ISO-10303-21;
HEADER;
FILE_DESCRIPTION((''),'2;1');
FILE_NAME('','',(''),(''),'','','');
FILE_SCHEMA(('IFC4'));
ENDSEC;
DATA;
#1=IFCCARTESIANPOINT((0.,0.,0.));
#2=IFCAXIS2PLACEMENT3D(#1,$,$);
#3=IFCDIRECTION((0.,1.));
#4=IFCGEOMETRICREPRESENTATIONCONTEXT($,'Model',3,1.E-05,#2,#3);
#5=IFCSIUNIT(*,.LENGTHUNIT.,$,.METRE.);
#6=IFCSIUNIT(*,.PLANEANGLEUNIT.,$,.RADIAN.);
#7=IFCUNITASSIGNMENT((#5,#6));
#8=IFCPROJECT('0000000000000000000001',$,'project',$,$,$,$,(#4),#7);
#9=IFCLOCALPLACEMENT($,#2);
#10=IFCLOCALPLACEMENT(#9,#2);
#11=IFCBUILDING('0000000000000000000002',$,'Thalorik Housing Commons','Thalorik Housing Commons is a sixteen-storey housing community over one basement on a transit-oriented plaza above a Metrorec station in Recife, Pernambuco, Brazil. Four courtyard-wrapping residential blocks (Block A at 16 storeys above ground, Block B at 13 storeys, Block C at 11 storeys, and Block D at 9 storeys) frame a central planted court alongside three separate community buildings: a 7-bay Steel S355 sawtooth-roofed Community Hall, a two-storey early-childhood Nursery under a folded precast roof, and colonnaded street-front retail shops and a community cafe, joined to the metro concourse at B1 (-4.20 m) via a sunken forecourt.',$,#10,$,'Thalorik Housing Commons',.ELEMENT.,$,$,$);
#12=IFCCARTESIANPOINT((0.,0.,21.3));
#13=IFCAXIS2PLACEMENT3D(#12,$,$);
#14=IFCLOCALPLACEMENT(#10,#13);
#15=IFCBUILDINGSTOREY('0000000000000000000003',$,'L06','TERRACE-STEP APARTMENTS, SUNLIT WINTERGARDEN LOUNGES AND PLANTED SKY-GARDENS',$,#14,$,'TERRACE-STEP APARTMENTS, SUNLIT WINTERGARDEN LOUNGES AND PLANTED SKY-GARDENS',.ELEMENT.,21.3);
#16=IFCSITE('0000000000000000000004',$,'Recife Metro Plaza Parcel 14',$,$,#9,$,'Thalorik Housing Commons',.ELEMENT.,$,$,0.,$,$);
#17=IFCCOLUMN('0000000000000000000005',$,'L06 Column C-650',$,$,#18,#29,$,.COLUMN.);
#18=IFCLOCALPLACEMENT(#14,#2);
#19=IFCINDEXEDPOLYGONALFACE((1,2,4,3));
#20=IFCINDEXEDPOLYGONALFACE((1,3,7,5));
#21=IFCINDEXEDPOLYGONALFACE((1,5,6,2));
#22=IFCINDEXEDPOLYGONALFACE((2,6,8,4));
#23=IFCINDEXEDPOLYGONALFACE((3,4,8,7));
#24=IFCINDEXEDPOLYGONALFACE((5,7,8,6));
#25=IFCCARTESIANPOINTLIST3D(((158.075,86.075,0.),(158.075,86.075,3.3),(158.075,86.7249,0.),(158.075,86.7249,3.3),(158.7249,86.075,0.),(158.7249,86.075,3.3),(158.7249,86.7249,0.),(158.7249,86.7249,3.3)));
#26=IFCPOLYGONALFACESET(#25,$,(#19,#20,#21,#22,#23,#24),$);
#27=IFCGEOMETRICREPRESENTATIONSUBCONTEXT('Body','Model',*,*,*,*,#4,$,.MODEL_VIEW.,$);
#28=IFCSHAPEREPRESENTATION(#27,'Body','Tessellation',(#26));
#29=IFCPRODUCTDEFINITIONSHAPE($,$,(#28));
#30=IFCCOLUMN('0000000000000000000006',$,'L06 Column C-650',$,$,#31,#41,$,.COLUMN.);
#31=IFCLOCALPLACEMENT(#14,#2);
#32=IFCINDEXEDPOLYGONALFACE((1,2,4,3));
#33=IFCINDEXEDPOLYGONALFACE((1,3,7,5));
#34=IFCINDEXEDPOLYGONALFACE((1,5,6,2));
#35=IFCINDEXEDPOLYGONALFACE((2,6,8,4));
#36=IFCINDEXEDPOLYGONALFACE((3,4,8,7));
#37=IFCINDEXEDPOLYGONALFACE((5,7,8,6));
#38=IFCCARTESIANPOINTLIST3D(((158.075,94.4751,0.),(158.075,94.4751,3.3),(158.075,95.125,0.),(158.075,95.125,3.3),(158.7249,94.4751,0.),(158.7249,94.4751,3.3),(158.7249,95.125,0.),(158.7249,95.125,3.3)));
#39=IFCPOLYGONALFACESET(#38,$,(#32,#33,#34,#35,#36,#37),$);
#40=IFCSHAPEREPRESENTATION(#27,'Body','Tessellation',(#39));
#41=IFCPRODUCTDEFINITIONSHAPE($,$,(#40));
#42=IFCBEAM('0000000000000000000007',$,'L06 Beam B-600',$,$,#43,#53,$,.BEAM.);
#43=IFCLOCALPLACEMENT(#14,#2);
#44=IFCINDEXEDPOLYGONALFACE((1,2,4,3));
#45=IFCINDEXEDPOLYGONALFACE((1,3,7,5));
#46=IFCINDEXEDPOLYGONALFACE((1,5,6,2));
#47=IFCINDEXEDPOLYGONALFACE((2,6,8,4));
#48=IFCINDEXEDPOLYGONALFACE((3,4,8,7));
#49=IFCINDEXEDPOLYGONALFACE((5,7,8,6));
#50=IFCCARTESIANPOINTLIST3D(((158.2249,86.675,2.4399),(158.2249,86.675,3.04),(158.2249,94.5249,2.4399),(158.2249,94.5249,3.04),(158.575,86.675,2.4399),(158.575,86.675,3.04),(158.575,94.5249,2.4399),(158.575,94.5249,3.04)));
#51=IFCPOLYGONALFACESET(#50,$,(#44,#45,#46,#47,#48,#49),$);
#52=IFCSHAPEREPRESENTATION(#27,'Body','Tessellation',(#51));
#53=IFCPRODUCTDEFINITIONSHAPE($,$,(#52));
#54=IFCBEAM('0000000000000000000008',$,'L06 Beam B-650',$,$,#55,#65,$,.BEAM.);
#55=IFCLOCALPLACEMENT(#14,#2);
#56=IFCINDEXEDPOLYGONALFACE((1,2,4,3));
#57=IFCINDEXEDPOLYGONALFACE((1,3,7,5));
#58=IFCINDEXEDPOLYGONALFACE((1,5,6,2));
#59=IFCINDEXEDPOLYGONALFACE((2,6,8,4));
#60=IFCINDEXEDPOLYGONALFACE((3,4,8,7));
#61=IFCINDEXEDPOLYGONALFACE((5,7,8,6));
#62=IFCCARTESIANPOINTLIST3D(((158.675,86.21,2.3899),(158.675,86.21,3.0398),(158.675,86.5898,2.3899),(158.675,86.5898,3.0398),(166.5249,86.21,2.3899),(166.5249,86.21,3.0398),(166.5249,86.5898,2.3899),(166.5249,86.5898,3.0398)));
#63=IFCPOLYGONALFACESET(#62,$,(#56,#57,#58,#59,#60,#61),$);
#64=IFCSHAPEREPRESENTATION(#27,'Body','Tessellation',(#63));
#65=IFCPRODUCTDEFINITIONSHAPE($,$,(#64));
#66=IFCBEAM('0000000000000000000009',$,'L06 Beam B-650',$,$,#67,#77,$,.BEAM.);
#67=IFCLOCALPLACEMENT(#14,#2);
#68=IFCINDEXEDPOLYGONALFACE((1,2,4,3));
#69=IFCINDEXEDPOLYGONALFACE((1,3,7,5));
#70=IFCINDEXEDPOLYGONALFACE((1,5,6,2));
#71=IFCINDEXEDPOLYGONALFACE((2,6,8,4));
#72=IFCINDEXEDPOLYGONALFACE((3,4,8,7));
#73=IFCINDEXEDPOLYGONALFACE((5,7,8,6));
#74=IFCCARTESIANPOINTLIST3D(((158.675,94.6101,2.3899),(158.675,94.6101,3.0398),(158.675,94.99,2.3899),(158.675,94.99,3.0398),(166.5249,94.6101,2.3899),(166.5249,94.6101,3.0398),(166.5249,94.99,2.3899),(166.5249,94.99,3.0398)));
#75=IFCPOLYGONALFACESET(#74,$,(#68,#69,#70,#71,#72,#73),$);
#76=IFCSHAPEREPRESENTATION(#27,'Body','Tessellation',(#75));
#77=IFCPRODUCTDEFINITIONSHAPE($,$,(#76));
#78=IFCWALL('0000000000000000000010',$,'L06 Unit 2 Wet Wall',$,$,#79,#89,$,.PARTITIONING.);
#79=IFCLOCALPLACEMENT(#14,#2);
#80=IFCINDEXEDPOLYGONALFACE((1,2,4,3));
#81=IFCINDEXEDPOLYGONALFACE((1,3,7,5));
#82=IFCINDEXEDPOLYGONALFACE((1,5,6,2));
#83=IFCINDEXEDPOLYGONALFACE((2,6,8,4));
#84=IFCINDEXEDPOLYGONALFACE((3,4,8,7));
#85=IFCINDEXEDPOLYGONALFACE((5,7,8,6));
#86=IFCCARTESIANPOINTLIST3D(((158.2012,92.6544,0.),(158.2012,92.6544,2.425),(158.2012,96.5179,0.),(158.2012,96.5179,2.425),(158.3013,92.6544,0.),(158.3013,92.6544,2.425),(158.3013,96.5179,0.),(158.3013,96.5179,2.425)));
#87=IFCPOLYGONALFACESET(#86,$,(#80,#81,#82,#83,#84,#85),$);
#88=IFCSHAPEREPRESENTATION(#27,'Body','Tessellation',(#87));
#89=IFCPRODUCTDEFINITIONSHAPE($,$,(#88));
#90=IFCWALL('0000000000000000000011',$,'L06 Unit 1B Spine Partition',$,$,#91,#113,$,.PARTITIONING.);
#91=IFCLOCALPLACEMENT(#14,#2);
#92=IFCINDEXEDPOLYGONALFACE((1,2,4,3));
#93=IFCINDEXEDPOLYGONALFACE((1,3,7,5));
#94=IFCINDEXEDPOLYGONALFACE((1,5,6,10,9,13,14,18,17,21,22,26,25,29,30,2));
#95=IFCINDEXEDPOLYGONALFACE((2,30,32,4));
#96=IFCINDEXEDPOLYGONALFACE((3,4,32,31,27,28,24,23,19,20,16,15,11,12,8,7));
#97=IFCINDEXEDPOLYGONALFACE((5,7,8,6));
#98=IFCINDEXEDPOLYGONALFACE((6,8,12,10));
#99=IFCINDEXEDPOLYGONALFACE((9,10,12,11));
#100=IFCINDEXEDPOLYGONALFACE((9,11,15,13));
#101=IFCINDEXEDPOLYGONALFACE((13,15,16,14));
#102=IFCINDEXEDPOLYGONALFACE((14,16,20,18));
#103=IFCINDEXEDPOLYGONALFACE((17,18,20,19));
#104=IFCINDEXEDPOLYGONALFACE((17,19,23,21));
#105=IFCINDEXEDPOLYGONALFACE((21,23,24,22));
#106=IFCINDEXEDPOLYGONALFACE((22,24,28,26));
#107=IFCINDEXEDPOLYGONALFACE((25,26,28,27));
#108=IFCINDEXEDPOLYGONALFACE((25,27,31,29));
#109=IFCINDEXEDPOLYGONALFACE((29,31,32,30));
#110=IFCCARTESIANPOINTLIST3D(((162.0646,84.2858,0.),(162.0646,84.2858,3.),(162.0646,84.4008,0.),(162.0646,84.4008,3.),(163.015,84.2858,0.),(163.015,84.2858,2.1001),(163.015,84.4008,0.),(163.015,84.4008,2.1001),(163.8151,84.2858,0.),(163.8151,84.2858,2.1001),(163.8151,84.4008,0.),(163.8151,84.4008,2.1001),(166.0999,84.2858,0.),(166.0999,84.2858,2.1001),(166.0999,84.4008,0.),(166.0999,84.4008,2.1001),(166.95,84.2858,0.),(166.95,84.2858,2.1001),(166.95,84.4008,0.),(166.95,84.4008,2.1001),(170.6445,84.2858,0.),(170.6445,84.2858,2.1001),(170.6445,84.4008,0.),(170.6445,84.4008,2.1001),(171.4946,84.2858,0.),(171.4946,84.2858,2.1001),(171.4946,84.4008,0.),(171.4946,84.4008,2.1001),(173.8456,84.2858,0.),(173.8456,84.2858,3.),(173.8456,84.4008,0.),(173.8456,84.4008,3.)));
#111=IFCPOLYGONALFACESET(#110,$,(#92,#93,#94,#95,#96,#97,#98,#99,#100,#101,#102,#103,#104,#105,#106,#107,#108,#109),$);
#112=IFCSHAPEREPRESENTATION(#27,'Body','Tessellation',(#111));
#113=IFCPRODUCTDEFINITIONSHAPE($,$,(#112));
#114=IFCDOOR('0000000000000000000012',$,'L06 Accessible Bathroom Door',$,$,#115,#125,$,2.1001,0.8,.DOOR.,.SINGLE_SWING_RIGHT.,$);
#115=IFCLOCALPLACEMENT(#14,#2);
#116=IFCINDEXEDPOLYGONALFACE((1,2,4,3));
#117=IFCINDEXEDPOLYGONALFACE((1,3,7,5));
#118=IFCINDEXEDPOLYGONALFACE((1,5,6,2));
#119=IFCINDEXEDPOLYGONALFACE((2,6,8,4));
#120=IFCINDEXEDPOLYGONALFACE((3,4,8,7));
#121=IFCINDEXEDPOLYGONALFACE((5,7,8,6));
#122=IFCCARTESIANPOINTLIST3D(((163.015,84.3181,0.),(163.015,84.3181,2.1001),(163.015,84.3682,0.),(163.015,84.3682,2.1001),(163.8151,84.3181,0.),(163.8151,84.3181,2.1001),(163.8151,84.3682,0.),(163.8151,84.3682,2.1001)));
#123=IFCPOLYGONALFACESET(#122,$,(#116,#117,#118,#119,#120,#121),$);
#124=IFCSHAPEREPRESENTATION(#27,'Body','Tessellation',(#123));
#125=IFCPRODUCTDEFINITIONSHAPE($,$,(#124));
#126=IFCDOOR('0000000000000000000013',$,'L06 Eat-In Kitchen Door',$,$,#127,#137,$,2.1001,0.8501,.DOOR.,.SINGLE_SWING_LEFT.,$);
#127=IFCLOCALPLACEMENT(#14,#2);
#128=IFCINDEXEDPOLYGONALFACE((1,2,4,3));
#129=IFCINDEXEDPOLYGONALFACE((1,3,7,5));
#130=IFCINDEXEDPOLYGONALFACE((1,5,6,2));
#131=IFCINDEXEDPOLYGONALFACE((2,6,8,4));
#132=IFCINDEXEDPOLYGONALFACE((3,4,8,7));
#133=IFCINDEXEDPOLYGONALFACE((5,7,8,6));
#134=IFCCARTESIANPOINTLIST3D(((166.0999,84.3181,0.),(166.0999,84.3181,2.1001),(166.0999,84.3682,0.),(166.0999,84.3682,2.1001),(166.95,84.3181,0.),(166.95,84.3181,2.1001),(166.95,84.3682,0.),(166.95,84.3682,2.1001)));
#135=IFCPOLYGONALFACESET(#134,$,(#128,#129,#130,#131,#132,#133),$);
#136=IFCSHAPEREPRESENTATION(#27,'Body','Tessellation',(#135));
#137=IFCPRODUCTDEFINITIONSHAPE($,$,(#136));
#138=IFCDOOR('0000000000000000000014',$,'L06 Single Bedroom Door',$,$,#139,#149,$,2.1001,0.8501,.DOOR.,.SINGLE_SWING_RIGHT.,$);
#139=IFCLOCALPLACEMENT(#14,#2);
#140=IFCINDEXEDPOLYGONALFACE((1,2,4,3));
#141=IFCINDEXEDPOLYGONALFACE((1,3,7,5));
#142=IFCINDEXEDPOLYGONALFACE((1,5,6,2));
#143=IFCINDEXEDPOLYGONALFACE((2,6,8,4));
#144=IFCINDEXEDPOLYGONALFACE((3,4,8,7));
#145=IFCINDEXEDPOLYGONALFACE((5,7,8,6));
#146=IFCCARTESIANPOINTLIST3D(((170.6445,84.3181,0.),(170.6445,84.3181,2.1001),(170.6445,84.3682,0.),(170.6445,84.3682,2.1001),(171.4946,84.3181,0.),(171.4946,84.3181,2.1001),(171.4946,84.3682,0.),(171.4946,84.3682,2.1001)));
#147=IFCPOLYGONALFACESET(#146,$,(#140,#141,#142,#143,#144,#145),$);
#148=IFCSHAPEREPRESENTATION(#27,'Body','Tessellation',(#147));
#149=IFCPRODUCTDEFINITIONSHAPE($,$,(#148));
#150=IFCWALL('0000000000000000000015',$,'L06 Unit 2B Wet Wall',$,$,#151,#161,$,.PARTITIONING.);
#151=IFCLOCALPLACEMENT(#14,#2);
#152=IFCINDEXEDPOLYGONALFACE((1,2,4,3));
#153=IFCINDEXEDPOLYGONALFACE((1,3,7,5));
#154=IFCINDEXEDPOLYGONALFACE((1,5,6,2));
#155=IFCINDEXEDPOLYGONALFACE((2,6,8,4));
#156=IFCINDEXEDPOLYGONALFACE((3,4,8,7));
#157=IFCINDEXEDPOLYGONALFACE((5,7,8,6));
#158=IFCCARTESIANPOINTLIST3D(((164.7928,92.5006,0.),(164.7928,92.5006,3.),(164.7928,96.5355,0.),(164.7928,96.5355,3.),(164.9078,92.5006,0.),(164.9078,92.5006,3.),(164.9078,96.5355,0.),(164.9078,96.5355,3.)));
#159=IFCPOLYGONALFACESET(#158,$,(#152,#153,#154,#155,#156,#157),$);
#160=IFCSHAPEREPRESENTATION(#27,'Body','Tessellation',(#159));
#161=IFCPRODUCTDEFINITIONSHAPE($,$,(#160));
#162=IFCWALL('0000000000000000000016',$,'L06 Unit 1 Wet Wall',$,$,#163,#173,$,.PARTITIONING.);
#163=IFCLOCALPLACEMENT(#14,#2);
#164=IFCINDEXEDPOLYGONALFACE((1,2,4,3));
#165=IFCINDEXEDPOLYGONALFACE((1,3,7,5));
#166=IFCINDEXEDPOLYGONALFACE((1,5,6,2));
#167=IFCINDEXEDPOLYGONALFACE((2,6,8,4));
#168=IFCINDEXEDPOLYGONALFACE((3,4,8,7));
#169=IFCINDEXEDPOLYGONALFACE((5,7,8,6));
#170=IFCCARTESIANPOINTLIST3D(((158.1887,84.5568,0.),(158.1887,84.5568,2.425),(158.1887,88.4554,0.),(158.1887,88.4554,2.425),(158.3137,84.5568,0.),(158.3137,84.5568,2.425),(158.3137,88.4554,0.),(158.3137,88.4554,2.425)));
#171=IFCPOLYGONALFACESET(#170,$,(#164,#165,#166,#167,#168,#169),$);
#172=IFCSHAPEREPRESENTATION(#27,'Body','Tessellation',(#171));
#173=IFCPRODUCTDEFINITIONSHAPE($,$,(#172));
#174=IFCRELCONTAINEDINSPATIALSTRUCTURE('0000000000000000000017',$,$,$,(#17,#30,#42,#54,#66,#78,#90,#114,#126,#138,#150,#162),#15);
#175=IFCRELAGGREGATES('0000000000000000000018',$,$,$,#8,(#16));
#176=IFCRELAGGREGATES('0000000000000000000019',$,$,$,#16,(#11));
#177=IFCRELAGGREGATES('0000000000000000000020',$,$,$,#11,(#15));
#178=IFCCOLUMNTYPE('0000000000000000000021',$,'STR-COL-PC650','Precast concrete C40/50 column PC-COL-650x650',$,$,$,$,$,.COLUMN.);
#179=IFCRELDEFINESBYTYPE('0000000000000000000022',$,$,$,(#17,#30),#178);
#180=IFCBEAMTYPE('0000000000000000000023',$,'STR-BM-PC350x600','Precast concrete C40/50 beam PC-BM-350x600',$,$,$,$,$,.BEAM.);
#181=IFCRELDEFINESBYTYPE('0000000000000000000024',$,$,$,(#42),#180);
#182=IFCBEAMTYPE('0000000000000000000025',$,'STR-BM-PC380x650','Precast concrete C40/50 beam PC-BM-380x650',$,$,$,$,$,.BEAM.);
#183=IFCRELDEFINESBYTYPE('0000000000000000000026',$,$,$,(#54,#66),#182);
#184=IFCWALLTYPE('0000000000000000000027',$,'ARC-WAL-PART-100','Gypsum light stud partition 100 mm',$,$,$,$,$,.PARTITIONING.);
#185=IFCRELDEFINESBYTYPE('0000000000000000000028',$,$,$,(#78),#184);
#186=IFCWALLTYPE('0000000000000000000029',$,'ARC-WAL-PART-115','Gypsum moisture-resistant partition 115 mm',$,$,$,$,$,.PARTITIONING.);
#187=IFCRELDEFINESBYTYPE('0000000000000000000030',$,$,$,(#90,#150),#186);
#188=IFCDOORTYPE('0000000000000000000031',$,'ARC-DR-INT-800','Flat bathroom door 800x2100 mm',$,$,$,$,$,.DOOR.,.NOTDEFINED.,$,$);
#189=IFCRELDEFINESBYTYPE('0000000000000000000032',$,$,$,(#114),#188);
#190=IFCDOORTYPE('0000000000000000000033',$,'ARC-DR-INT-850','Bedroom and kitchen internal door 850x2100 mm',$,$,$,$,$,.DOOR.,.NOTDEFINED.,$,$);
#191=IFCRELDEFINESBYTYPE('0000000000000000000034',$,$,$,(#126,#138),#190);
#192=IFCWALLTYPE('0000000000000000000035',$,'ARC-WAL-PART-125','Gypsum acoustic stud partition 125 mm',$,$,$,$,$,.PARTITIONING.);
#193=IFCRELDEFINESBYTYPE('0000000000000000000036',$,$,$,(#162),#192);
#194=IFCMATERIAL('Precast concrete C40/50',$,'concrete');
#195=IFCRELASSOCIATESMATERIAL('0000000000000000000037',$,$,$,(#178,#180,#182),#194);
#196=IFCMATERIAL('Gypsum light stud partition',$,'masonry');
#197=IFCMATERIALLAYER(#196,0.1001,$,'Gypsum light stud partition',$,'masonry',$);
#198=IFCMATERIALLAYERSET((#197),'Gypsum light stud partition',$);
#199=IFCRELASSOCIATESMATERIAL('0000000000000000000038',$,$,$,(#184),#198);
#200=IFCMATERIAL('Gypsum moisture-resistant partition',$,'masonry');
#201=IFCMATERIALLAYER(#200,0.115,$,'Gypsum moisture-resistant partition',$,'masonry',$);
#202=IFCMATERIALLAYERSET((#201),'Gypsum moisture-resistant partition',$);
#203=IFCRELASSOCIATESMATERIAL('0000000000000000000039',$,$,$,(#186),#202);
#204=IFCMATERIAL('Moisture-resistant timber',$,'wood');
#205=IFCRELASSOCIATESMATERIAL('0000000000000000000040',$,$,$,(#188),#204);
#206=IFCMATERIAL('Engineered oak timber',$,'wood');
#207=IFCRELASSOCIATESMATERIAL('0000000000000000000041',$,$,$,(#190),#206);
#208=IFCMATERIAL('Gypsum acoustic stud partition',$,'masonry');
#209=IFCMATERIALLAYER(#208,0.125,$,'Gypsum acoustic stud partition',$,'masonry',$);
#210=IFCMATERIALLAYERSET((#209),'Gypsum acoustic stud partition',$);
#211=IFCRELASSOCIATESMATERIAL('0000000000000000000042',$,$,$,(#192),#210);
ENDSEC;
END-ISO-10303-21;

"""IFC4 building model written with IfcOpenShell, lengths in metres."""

from ifc_helpers import new_model, si_unit, direction, frame, frame_2d, origin, origin_2d, place, context, subcontext, project, spatial, rectangle, extrude, material, layer, layer_set, material_profile, profile_set, type_object, element, fill, save


model = new_model("IFC4")

# Units and contexts
model_context = context("Model", 3, precision=1e-05, world=origin(), true_north=direction((0.0, 1.0)))
body_context = subcontext(model_context, "Body", "Model", "MODEL_VIEW")
ifc_project = project(units=[si_unit("LENGTHUNIT", "METRE"), si_unit("PLANEANGLEUNIT", "RADIAN")], contexts=[model_context])

# Site, building, storey
site_placement = place(None, origin())
site = spatial("IfcSite", under=ifc_project, at=site_placement, Name="Recife Metro Plaza Parcel 14", LongName="Thalorik Housing Commons", CompositionType="ELEMENT", RefElevation=0.0)
building_placement = place(site_placement, origin())
building = spatial("IfcBuilding", under=site, at=building_placement, Name="Thalorik Housing Commons", Description="Thalorik Housing Commons is a sixteen-storey housing community over one basement on a transit-oriented plaza above a Metrorec station in Recife, Pernambuco, Brazil. Four courtyard-wrapping residential blocks (Block A at 16 storeys above ground, Block B at 13 storeys, Block C at 11 storeys, and Block D at 9 storeys) frame a central planted court alongside three separate community buildings: a 7-bay Steel S355 sawtooth-roofed Community Hall, a two-storey early-childhood Nursery under a folded precast roof, and colonnaded street-front retail shops and a community cafe, joined to the metro concourse at B1 (-4.20 m) via a sunken forecourt.", LongName="Thalorik Housing Commons", CompositionType="ELEMENT")
storey_placement = place(building_placement, frame((0.0, 0.0, 21.3)))
storey = spatial("IfcBuildingStorey", under=building, at=storey_placement, Name="L06", Description="TERRACE-STEP APARTMENTS, SUNLIT WINTERGARDEN LOUNGES AND PLANTED SKY-GARDENS", LongName="TERRACE-STEP APARTMENTS, SUNLIT WINTERGARDEN LOUNGES AND PLANTED SKY-GARDENS", CompositionType="ELEMENT", Elevation=21.3)

# Columns
ifc_material_1 = material(Name="Precast concrete C40/50", Category="concrete")
ifc_material_profile_1 = material_profile(ifc_material_1, rectangle(XDim=0.6499, YDim=0.6499, at=origin_2d()), Name="PC 650x650", Category="concrete")
ifc_profile_set_1 = profile_set([ifc_material_profile_1], Name="Precast concrete C40/50")
column_type = type_object("IfcColumnType", Name="STR-COL-PC650", Description="Precast concrete C40/50 column PC-COL-650x650", PredefinedType="COLUMN", material=ifc_profile_set_1)
for number, where, z_axis, x_axis, name in (
    (1, (158.3999, 86.3999, 0.0), (0.0, 0.0, 1.0), (1.0, 0.0, 0.0), "L06 Column C-650"),
    (2, (158.3999, 94.8, 0.0), (0.0, 0.0, 1.0), (1.0, 0.0, 0.0), "L06 Column C-650"),
):
    element("IfcColumn", number, at=place(storey_placement, frame(where, z_axis=z_axis, x_axis=x_axis)), inside=storey, type_object=column_type, Name=name, PredefinedType="COLUMN", context=body_context, shape_type="SweptSolid", body=[
        extrude(rectangle(XDim=0.6499, YDim=0.6499, at=origin_2d()), origin(), (0.0, 0.0, 1.0), 3.3),
    ])

# Beams
ifc_material_profile_2 = material_profile(ifc_material_1, rectangle(XDim=0.3501, YDim=0.6001, at=origin_2d()), Name="PC 350x600", Category="concrete")
ifc_profile_set_2 = profile_set([ifc_material_profile_2], Name="Precast concrete C40/50")
beam_type_1 = type_object("IfcBeamType", Name="STR-BM-PC350x600", Description="Precast concrete C40/50 beam PC-BM-350x600", PredefinedType="BEAM", material=ifc_profile_set_2)
beam_placement = place(storey_placement, frame((158.3999, 86.675, 2.74), z_axis=(0.0, 1.0, 0.0), x_axis=(-1.0, 0.0, 0.0)))
element("IfcBeam", 3, at=beam_placement, inside=storey, type_object=beam_type_1, Name="L06 Beam B-600", PredefinedType="BEAM", context=body_context, shape_type="SweptSolid", body=[
    extrude(rectangle(XDim=0.3501, YDim=0.6001, at=origin_2d()), origin(), (0.0, 0.0, 1.0), 7.8499),
])
ifc_material_profile_3 = material_profile(ifc_material_1, rectangle(XDim=0.3799, YDim=0.6499, at=origin_2d()), Name="PC 380x650", Category="concrete")
ifc_profile_set_3 = profile_set([ifc_material_profile_3], Name="Precast concrete C40/50")
beam_type_2 = type_object("IfcBeamType", Name="STR-BM-PC380x650", Description="Precast concrete C40/50 beam PC-BM-380x650", PredefinedType="BEAM", material=ifc_profile_set_3)
for number, where, z_axis, x_axis, name in (
    (4, (158.675, 86.3999, 2.7148), (1.0, 0.0, 0.0), (0.0, 1.0, 0.0), "L06 Beam B-650"),
    (5, (158.675, 94.8, 2.7148), (1.0, 0.0, 0.0), (0.0, 1.0, 0.0), "L06 Beam B-650"),
):
    element("IfcBeam", number, at=place(storey_placement, frame(where, z_axis=z_axis, x_axis=x_axis)), inside=storey, type_object=beam_type_2, Name=name, PredefinedType="BEAM", context=body_context, shape_type="SweptSolid", body=[
        extrude(rectangle(XDim=0.3799, YDim=0.6499, at=origin_2d()), origin(), (0.0, 0.0, 1.0), 7.8499),
    ])

# Wall
ifc_material_2 = material(Name="Gypsum light stud partition", Category="masonry")
ifc_layer_1 = layer(ifc_material_2, 0.1001, Name="Gypsum light stud partition", Category="masonry")
ifc_layer_set_1 = layer_set([ifc_layer_1], Name="Gypsum light stud partition")
wall_type_1 = type_object("IfcWallType", Name="ARC-WAL-PART-100", Description="Gypsum light stud partition 100 mm", PredefinedType="PARTITIONING", material=ifc_layer_set_1)
wall_1_placement = place(storey_placement, frame((158.2512, 92.6545, 0.0), z_axis=(0.0, 0.0, 1.0), x_axis=(0.0, 1.0, 0.0)))
element("IfcWall", 6, at=wall_1_placement, inside=storey, type_object=wall_type_1, Name="L06 Unit 2 Wet Wall", PredefinedType="PARTITIONING", context=body_context, shape_type="SweptSolid", body=[
    extrude(rectangle(XDim=3.8635, YDim=0.1001, at=frame_2d((1.9316, 0.0))), origin(), (0.0, 0.0, 1.0), 2.425),
])

# Wall, openings, doors
ifc_material_3 = material(Name="Gypsum moisture-resistant partition", Category="masonry")
ifc_layer_2 = layer(ifc_material_3, 0.115, Name="Gypsum moisture-resistant partition", Category="masonry")
ifc_layer_set_2 = layer_set([ifc_layer_2], Name="Gypsum moisture-resistant partition")
wall_type_2 = type_object("IfcWallType", Name="ARC-WAL-PART-115", Description="Gypsum moisture-resistant partition 115 mm", PredefinedType="PARTITIONING", material=ifc_layer_set_2)
wall_2_placement = place(storey_placement, frame((162.0645, 84.3433, 0.0), z_axis=(0.0, 0.0, 1.0), x_axis=(1.0, 0.0, 0.0)))
wall_2 = element("IfcWall", 7, at=wall_2_placement, inside=storey, type_object=wall_type_2, Name="L06 Unit 1B Spine Partition", PredefinedType="PARTITIONING", context=body_context, shape_type="SweptSolid", body=[
    extrude(rectangle(XDim=11.781, YDim=0.115, at=frame_2d((5.8906, 0.0))), origin(), (0.0, 0.0, 1.0), 3.0),
])
opening_1_placement = place(wall_2_placement, frame((0.9507, 0.0, 0.0)))
opening_1 = element("IfcOpeningElement", 8, at=opening_1_placement, cuts=wall_2, PredefinedType="OPENING", context=body_context, shape_type="SweptSolid", body=[
    extrude(rectangle(XDim=0.8, YDim=2.1001, at=frame_2d((0.3999, 1.05))), frame((0.0, 0.0674, 0.0), z_axis=(0.0, -1.0, 0.0), x_axis=(1.0, 0.0, 0.0)), (0.0, 0.0, 1.0), 0.135),
])
opening_2_placement = place(wall_2_placement, frame((4.0354, 0.0, 0.0)))
opening_2 = element("IfcOpeningElement", 9, at=opening_2_placement, cuts=wall_2, PredefinedType="OPENING", context=body_context, shape_type="SweptSolid", body=[
    extrude(rectangle(XDim=0.8501, YDim=2.1001, at=frame_2d((0.425, 1.05))), frame((0.0, 0.0674, 0.0), z_axis=(0.0, -1.0, 0.0), x_axis=(1.0, 0.0, 0.0)), (0.0, 0.0, 1.0), 0.135),
])
opening_3_placement = place(wall_2_placement, frame((8.5801, 0.0, 0.0)))
opening_3 = element("IfcOpeningElement", 10, at=opening_3_placement, cuts=wall_2, PredefinedType="OPENING", context=body_context, shape_type="SweptSolid", body=[
    extrude(rectangle(XDim=0.8501, YDim=2.1001, at=frame_2d((0.425, 1.05))), frame((0.0, 0.0674, 0.0), z_axis=(0.0, -1.0, 0.0), x_axis=(1.0, 0.0, 0.0)), (0.0, 0.0, 1.0), 0.135),
])
ifc_material_4 = material(Name="Moisture-resistant timber", Category="wood")
door_type_1 = type_object("IfcDoorType", Name="ARC-DR-INT-800", Description="Flat bathroom door 800x2100 mm", OperationType="NOTDEFINED", PredefinedType="DOOR", material=ifc_material_4)
door_1_placement = place(opening_1_placement, origin())
door_1 = element("IfcDoor", 11, at=door_1_placement, inside=storey, type_object=door_type_1, Name="L06 Accessible Bathroom Door", OperationType="SINGLE_SWING_RIGHT", OverallHeight=2.1001, OverallWidth=0.8, PredefinedType="DOOR", context=body_context, shape_type="SweptSolid", body=[
    extrude(rectangle(XDim=0.8, YDim=2.1001, at=frame_2d((0.3999, 1.05))), frame((0.0, 0.0249, 0.0), z_axis=(0.0, -1.0, 0.0), x_axis=(1.0, 0.0, 0.0)), (0.0, 0.0, 1.0), 0.05),
])
fill(opening_1, door_1)
ifc_material_5 = material(Name="Engineered oak timber", Category="wood")
door_type_2 = type_object("IfcDoorType", Name="ARC-DR-INT-850", Description="Bedroom and kitchen internal door 850x2100 mm", OperationType="NOTDEFINED", PredefinedType="DOOR", material=ifc_material_5)
door_2_placement = place(opening_2_placement, origin())
door_2 = element("IfcDoor", 12, at=door_2_placement, inside=storey, type_object=door_type_2, Name="L06 Eat-In Kitchen Door", OperationType="SINGLE_SWING_LEFT", OverallHeight=2.1001, OverallWidth=0.8501, PredefinedType="DOOR", context=body_context, shape_type="SweptSolid", body=[
    extrude(rectangle(XDim=0.8501, YDim=2.1001, at=frame_2d((0.425, 1.05))), frame((0.0, 0.0249, 0.0), z_axis=(0.0, -1.0, 0.0), x_axis=(1.0, 0.0, 0.0)), (0.0, 0.0, 1.0), 0.05),
])
fill(opening_2, door_2)
door_3_placement = place(opening_3_placement, origin())
door_3 = element("IfcDoor", 13, at=door_3_placement, inside=storey, type_object=door_type_2, Name="L06 Single Bedroom Door", OperationType="SINGLE_SWING_RIGHT", OverallHeight=2.1001, OverallWidth=0.8501, PredefinedType="DOOR", context=body_context, shape_type="SweptSolid", body=[
    extrude(rectangle(XDim=0.8501, YDim=2.1001, at=frame_2d((0.425, 1.05))), frame((0.0, 0.0249, 0.0), z_axis=(0.0, -1.0, 0.0), x_axis=(1.0, 0.0, 0.0)), (0.0, 0.0, 1.0), 0.05),
])
fill(opening_3, door_3)

# Walls
wall_3_placement = place(storey_placement, frame((164.8503, 92.5005, 0.0), z_axis=(0.0, 0.0, 1.0), x_axis=(0.0, 1.0, 0.0)))
element("IfcWall", 14, at=wall_3_placement, inside=storey, type_object=wall_type_2, Name="L06 Unit 2B Wet Wall", PredefinedType="PARTITIONING", context=body_context, shape_type="SweptSolid", body=[
    extrude(rectangle(XDim=4.0349, YDim=0.115, at=frame_2d((2.0176, 0.0))), origin(), (0.0, 0.0, 1.0), 3.0),
])
ifc_material_6 = material(Name="Gypsum acoustic stud partition", Category="masonry")
ifc_layer_3 = layer(ifc_material_6, 0.125, Name="Gypsum acoustic stud partition", Category="masonry")
ifc_layer_set_3 = layer_set([ifc_layer_3], Name="Gypsum acoustic stud partition")
wall_type_3 = type_object("IfcWallType", Name="ARC-WAL-PART-125", Description="Gypsum acoustic stud partition 125 mm", PredefinedType="PARTITIONING", material=ifc_layer_set_3)
wall_4_placement = place(storey_placement, frame((158.2512, 84.5569, 0.0), z_axis=(0.0, 0.0, 1.0), x_axis=(0.0, 1.0, 0.0)))
element("IfcWall", 15, at=wall_4_placement, inside=storey, type_object=wall_type_3, Name="L06 Unit 1 Wet Wall", PredefinedType="PARTITIONING", context=body_context, shape_type="SweptSolid", body=[
    extrude(rectangle(XDim=3.8987, YDim=0.125, at=frame_2d((1.9492, 0.0))), origin(), (0.0, 0.0, 1.0), 2.425),
])

save(model, "model.ifc")
